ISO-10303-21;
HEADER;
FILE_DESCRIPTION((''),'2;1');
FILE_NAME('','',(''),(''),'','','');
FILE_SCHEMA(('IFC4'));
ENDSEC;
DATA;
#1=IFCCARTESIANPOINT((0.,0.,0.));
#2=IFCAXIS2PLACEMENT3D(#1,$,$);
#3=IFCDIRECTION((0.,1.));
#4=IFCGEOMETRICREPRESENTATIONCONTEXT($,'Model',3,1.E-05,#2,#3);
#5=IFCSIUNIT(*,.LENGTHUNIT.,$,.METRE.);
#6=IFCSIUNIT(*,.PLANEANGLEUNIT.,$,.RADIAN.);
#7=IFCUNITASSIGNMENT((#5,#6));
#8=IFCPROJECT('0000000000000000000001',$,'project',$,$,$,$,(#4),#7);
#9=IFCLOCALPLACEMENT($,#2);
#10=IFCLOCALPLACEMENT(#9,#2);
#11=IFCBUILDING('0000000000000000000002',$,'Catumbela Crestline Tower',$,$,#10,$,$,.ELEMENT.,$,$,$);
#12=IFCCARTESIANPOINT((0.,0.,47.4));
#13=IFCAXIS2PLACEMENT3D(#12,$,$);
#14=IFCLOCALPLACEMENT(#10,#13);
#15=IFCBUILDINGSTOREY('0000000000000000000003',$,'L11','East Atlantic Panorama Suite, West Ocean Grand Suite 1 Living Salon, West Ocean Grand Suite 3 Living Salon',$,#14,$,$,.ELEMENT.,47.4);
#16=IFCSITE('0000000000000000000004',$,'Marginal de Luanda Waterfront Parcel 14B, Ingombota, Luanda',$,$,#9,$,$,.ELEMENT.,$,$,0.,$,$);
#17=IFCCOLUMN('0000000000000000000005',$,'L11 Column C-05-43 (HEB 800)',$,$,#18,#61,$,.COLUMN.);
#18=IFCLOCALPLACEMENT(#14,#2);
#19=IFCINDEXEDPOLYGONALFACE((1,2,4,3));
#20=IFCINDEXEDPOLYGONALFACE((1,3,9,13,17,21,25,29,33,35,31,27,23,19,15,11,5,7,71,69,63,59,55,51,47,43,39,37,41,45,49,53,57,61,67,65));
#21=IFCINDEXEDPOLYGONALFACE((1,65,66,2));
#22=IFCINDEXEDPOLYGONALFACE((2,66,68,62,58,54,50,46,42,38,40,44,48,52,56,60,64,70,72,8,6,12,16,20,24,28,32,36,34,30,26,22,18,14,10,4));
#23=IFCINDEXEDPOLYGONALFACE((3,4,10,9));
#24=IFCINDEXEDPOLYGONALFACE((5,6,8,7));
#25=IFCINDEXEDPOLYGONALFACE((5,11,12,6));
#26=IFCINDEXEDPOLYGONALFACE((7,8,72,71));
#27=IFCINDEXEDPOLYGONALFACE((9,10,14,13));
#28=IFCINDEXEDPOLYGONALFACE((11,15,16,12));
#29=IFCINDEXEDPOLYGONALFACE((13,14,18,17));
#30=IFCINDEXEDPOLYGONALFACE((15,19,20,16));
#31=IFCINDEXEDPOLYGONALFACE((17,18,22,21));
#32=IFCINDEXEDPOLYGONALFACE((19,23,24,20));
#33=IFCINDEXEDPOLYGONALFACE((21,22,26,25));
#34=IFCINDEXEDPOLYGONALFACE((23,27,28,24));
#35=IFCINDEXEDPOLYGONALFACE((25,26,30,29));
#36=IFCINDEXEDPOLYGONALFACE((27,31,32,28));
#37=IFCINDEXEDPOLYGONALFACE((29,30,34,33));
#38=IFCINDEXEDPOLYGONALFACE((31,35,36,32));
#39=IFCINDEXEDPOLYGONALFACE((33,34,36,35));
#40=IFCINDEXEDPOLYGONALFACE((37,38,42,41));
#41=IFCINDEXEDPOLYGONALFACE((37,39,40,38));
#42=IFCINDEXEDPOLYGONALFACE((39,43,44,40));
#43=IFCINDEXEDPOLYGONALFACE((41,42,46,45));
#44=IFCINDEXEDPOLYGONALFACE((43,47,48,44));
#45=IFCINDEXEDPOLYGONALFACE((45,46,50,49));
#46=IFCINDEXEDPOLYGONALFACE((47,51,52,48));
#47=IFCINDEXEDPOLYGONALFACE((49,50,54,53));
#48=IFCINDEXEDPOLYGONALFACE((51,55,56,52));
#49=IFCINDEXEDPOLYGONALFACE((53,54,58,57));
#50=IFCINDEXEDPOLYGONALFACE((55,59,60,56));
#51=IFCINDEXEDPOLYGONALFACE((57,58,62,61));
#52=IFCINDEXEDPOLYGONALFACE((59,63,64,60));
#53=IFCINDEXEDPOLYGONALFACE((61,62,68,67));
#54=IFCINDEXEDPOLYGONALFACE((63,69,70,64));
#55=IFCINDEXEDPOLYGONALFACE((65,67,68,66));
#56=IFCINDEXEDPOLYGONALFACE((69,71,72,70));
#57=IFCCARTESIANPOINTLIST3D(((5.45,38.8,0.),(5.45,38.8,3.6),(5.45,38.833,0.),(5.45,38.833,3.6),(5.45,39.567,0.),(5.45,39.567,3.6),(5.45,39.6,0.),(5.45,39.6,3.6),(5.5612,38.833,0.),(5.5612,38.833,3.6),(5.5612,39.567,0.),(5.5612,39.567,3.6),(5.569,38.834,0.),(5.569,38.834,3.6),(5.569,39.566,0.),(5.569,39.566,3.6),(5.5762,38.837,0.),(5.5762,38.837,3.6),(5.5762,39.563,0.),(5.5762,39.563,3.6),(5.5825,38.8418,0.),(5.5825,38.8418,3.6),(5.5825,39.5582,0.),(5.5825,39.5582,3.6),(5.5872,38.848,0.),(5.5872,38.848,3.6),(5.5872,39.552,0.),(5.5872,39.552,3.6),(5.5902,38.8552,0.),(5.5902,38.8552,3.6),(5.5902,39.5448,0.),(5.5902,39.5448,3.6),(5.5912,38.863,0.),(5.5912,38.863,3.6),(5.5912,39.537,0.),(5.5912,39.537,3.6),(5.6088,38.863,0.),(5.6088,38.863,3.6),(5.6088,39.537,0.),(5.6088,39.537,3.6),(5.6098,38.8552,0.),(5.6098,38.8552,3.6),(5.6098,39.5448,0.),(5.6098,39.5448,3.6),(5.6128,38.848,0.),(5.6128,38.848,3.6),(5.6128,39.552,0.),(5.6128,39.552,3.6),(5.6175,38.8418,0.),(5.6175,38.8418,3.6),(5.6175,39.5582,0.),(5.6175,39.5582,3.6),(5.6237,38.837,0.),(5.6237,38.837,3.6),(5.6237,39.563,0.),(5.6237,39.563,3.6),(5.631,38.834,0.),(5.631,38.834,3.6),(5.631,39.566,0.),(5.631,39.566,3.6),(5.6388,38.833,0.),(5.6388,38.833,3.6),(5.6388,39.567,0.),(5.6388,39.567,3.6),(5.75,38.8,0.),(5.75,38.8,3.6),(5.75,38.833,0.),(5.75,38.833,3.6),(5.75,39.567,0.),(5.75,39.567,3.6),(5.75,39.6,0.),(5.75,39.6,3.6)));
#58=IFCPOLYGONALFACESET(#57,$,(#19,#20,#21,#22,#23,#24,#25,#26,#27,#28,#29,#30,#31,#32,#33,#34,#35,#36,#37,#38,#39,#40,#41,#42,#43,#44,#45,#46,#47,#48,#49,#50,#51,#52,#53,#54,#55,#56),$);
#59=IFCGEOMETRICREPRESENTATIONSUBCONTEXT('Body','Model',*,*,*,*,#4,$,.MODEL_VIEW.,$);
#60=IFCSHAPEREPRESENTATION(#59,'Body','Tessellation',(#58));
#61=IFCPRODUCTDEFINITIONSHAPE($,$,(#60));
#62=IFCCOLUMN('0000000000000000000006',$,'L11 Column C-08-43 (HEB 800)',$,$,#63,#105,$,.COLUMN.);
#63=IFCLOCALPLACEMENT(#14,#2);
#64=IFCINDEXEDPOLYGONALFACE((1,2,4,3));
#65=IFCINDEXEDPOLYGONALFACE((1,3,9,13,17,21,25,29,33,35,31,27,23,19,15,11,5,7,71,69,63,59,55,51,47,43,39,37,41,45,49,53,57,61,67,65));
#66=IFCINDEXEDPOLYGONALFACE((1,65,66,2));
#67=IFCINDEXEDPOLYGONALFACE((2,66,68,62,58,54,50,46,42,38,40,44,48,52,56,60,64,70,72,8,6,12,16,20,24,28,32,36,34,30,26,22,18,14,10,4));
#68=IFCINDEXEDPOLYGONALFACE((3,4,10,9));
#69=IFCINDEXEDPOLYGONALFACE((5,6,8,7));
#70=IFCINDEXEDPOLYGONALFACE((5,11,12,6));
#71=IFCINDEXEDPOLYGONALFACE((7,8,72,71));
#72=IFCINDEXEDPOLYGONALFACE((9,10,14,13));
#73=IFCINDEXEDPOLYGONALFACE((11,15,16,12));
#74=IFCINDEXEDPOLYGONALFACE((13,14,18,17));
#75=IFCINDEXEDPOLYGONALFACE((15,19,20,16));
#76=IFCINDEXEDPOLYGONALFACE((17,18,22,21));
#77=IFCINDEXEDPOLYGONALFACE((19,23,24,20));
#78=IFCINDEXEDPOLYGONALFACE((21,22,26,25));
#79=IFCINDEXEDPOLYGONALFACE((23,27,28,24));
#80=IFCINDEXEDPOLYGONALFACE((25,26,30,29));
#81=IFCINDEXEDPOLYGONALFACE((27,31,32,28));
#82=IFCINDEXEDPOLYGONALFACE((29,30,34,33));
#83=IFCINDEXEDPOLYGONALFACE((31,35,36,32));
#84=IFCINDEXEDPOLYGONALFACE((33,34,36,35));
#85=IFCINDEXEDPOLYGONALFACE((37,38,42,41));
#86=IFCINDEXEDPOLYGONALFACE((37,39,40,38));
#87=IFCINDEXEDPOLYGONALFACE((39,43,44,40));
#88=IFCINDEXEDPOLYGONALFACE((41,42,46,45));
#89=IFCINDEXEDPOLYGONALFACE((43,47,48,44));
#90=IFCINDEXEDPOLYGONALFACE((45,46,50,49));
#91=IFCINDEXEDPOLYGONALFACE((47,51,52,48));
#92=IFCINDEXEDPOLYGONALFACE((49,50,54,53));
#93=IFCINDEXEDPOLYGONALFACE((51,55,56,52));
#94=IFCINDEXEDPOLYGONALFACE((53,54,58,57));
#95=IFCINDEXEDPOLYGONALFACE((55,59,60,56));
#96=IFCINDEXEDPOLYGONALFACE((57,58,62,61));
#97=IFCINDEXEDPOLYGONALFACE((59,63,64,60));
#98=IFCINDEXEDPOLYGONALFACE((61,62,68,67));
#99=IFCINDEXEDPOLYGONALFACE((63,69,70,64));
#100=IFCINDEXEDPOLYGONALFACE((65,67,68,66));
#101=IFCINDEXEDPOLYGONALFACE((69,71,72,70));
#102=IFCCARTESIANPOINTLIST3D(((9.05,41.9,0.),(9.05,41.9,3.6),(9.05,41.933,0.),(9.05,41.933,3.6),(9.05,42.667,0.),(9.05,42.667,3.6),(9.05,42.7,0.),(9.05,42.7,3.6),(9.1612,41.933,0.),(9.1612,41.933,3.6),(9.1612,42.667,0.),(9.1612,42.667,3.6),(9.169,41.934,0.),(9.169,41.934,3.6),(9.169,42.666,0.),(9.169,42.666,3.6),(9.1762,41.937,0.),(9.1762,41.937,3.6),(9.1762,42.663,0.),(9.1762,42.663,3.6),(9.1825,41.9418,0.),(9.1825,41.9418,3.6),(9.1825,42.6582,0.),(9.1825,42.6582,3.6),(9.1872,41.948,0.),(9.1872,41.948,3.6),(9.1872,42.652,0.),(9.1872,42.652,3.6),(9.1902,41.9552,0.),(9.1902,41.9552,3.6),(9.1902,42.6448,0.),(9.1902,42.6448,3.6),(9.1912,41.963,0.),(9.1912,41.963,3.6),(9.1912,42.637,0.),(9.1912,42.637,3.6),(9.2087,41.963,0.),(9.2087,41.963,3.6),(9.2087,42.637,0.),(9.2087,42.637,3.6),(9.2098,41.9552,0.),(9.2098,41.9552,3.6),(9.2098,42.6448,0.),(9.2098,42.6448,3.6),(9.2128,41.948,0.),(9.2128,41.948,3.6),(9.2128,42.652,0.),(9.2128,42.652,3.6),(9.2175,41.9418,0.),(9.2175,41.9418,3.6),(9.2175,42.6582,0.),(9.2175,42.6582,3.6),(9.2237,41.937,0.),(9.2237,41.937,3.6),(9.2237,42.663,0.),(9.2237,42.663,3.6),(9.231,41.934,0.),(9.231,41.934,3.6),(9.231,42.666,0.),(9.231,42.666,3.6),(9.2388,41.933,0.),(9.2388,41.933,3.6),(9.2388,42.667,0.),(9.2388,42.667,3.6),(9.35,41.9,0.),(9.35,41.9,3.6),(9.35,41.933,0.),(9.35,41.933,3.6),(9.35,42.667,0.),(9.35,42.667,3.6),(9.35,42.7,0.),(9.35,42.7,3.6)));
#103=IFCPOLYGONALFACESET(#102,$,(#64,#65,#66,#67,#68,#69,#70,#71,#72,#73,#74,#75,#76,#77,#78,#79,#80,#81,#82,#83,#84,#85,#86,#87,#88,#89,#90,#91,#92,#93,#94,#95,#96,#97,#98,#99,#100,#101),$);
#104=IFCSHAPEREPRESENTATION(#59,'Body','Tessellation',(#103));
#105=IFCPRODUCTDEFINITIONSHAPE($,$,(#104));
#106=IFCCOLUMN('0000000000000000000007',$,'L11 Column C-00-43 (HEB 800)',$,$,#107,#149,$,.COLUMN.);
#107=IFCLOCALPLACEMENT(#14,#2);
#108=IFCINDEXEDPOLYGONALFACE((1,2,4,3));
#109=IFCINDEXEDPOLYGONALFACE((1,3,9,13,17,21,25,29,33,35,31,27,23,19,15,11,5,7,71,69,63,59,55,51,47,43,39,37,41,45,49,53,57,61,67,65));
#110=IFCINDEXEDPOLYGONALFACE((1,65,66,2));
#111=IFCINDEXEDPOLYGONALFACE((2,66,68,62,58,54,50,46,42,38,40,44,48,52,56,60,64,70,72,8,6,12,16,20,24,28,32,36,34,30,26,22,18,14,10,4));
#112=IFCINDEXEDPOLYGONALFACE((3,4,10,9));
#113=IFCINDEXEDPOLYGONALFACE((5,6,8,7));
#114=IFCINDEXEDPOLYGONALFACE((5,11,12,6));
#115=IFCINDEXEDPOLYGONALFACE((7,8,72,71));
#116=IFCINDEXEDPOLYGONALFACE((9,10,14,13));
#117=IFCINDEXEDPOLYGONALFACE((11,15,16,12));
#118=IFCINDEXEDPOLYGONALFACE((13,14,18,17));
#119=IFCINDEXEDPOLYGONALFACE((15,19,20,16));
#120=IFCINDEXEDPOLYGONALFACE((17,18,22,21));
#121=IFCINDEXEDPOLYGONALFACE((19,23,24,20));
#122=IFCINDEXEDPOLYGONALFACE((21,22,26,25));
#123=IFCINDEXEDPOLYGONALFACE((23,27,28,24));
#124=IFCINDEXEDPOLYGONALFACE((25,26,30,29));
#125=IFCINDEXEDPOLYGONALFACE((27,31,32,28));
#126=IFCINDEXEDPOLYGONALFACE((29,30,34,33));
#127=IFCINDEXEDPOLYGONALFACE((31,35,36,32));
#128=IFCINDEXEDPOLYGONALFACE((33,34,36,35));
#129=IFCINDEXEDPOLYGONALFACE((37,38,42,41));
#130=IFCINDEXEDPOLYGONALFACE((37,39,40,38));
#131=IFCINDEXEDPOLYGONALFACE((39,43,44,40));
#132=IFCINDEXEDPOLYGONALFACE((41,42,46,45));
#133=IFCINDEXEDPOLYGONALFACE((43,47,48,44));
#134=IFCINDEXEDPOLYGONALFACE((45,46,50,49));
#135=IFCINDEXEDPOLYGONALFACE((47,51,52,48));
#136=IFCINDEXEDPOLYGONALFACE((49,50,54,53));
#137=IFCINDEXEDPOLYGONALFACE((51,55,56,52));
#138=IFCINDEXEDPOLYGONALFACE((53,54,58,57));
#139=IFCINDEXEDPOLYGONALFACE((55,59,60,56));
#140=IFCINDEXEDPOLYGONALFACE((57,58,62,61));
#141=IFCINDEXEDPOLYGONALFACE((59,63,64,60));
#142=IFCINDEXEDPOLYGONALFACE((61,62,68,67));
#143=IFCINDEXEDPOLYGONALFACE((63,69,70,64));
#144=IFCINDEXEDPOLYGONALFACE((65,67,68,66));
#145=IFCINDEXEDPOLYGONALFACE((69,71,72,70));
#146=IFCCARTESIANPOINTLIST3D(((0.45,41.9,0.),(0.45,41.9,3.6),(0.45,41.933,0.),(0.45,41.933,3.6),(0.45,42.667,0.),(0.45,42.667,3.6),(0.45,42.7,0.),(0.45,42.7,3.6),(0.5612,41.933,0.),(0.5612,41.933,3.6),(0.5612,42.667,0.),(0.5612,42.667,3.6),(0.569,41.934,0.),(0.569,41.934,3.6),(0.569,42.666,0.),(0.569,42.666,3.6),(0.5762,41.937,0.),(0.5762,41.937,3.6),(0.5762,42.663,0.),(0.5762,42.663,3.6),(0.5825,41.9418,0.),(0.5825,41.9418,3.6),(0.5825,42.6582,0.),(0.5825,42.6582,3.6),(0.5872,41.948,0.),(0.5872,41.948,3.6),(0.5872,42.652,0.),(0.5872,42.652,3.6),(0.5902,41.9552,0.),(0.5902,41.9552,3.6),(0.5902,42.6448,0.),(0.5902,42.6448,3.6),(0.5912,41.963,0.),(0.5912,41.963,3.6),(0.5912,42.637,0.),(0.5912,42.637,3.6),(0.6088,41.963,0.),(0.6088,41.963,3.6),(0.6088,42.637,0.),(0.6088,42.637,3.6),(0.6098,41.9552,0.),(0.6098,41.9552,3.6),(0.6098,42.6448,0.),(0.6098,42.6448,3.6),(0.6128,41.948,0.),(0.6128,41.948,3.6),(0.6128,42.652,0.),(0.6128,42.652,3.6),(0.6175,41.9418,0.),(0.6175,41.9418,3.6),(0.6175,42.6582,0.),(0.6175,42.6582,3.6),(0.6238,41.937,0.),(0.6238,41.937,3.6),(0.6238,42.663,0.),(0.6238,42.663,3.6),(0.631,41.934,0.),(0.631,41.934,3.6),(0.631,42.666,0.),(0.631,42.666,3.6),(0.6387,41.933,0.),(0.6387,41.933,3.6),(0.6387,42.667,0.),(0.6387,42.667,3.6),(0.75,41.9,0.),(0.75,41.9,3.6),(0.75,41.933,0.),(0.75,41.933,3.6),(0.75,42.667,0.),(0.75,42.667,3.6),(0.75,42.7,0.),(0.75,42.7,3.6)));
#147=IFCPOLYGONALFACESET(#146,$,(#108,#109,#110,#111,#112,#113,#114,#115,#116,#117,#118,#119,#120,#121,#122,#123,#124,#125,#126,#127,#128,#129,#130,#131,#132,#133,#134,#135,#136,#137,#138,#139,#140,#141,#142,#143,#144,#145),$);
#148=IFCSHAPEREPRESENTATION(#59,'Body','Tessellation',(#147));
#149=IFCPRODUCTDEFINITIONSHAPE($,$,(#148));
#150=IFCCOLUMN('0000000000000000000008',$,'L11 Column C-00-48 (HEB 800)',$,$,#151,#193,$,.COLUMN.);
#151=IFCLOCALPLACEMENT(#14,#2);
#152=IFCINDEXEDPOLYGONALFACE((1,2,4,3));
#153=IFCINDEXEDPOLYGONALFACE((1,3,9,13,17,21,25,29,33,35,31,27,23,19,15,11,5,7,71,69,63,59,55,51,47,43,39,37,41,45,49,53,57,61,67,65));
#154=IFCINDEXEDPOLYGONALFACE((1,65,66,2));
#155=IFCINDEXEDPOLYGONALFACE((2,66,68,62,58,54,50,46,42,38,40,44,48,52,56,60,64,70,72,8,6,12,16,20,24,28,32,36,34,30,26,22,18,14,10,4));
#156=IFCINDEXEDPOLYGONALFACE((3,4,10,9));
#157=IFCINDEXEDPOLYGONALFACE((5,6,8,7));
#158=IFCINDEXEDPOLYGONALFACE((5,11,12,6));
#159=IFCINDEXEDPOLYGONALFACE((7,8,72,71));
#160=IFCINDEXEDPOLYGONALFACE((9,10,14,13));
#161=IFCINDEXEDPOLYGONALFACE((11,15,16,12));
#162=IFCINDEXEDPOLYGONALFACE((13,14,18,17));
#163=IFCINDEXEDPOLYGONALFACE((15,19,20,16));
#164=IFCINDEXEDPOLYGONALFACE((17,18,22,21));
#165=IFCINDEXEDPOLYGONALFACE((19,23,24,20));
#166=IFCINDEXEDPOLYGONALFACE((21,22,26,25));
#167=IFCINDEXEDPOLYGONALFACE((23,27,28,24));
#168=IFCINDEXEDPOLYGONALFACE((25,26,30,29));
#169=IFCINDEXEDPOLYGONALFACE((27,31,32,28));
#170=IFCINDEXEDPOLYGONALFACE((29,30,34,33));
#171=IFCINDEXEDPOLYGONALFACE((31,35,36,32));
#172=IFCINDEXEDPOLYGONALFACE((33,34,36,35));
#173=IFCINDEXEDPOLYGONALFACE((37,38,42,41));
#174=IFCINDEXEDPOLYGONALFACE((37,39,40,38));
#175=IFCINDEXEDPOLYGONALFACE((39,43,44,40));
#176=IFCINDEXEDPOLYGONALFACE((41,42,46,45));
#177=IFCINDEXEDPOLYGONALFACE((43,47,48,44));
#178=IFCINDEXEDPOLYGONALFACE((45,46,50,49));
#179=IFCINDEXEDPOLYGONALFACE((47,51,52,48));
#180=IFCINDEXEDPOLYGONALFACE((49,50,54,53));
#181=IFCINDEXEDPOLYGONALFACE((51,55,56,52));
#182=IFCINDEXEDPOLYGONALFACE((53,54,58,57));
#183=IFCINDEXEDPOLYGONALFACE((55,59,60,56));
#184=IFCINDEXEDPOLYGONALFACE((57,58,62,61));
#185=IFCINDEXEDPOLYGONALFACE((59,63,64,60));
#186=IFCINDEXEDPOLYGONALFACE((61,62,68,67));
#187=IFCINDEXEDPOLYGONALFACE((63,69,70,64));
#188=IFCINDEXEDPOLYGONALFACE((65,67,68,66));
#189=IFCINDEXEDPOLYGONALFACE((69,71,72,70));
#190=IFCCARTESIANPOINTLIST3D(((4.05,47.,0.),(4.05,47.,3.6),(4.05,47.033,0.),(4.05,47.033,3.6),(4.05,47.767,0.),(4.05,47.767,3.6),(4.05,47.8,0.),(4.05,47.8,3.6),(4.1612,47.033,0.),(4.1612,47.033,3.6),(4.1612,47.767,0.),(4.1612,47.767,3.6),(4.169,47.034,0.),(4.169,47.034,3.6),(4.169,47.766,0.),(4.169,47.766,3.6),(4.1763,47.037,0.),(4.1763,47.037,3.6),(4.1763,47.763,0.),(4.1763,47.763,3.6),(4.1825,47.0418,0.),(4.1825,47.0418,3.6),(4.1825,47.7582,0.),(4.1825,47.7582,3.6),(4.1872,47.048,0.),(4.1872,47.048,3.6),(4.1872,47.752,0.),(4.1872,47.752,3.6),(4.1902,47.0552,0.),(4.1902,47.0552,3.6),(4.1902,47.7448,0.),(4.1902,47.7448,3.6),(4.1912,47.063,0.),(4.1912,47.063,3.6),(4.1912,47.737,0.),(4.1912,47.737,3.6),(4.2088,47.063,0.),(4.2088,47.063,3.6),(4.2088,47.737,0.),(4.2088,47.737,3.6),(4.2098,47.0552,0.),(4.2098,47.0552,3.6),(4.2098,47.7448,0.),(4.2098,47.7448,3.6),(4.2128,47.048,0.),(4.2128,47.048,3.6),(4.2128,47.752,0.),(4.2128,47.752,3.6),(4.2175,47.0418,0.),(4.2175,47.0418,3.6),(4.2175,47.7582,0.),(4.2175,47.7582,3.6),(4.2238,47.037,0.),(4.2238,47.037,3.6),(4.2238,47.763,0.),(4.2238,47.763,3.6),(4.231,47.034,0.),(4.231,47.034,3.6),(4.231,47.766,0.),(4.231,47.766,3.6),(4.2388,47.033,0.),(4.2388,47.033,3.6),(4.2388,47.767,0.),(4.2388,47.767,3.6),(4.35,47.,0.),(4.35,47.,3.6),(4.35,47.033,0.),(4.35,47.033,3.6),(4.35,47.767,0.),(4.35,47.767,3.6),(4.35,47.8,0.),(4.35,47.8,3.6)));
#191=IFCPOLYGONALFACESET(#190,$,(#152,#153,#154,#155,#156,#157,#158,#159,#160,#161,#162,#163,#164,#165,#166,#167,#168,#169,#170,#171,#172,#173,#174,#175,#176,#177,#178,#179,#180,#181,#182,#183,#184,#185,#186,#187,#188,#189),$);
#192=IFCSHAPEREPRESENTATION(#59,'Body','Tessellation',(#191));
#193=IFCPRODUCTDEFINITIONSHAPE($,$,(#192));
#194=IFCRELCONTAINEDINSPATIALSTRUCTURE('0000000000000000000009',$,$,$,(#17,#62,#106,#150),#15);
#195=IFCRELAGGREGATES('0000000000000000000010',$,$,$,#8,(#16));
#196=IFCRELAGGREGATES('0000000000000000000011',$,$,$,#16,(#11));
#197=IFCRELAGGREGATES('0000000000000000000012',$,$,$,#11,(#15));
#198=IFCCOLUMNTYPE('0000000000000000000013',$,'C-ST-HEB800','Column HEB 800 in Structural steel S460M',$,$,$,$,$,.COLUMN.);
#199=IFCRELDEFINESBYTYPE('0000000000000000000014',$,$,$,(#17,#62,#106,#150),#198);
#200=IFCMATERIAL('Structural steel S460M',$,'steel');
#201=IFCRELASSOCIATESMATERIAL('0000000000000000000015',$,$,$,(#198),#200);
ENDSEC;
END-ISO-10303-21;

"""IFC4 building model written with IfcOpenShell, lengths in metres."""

from ifc_helpers import new_model, si_unit, direction, frame, origin, origin_2d, place, context, subcontext, project, spatial, i_section, extrude, material, material_profile, profile_set, type_object, element, save


model = new_model("IFC4")

# Units and contexts
model_context = context("Model", 3, precision=1e-05, world=origin(), true_north=direction((0.0, 1.0)))
body_context = subcontext(model_context, "Body", "Model", "MODEL_VIEW")
ifc_project = project(units=[si_unit("LENGTHUNIT", "METRE"), si_unit("PLANEANGLEUNIT", "RADIAN")], contexts=[model_context])

# Site, building, storey
site_placement = place(None, origin())
site = spatial("IfcSite", under=ifc_project, at=site_placement, Name="Marginal de Luanda Waterfront Parcel 14B, Ingombota, Luanda", CompositionType="ELEMENT", RefElevation=0.0)
building_placement = place(site_placement, origin())
building = spatial("IfcBuilding", under=site, at=building_placement, Name="Catumbela Crestline Tower", CompositionType="ELEMENT")
storey_placement = place(building_placement, frame((0.0, 0.0, 47.4)))
storey = spatial("IfcBuildingStorey", under=building, at=storey_placement, Name="L11", Description="East Atlantic Panorama Suite, West Ocean Grand Suite 1 Living Salon, West Ocean Grand Suite 3 Living Salon", CompositionType="ELEMENT", Elevation=47.4)

# Columns
ifc_material_1 = material(Name="Structural steel S460M", Category="steel")
ifc_material_profile_1 = material_profile(ifc_material_1, i_section(OverallWidth=0.3, OverallDepth=0.8, WebThickness=0.0175, FlangeThickness=0.033, FilletRadius=0.03, at=origin_2d()), Name="HEB 800")
ifc_profile_set_1 = profile_set([ifc_material_profile_1], Name="Structural steel S460M")
column_type = type_object("IfcColumnType", Name="C-ST-HEB800", Description="Column HEB 800 in Structural steel S460M", PredefinedType="COLUMN", material=ifc_profile_set_1)
for number, where, z_axis, x_axis, name in (
    (1, (5.6, 39.2, 0.0), (0.0, 0.0, 1.0), (1.0, 0.0, 0.0), "L11 Column C-05-43 (HEB 800)"),
    (2, (9.2, 42.3, 0.0), (0.0, 0.0, 1.0), (1.0, 0.0, 0.0), "L11 Column C-08-43 (HEB 800)"),
    (3, (0.6, 42.3, 0.0), (0.0, 0.0, 1.0), (1.0, 0.0, 0.0), "L11 Column C-00-43 (HEB 800)"),
    (4, (4.2, 47.4, 0.0), (0.0, 0.0, 1.0), (1.0, 0.0, 0.0), "L11 Column C-00-48 (HEB 800)"),
):
    element("IfcColumn", number, at=place(storey_placement, frame(where, z_axis=z_axis, x_axis=x_axis)), inside=storey, type_object=column_type, Name=name, PredefinedType="COLUMN", context=body_context, shape_type="SweptSolid", body=[
        extrude(i_section(OverallWidth=0.3, OverallDepth=0.8, WebThickness=0.0175, FlangeThickness=0.033, FilletRadius=0.03, at=origin_2d()), origin(), (0.0, 0.0, 1.0), 3.6),
    ])

save(model, "model.ifc")
